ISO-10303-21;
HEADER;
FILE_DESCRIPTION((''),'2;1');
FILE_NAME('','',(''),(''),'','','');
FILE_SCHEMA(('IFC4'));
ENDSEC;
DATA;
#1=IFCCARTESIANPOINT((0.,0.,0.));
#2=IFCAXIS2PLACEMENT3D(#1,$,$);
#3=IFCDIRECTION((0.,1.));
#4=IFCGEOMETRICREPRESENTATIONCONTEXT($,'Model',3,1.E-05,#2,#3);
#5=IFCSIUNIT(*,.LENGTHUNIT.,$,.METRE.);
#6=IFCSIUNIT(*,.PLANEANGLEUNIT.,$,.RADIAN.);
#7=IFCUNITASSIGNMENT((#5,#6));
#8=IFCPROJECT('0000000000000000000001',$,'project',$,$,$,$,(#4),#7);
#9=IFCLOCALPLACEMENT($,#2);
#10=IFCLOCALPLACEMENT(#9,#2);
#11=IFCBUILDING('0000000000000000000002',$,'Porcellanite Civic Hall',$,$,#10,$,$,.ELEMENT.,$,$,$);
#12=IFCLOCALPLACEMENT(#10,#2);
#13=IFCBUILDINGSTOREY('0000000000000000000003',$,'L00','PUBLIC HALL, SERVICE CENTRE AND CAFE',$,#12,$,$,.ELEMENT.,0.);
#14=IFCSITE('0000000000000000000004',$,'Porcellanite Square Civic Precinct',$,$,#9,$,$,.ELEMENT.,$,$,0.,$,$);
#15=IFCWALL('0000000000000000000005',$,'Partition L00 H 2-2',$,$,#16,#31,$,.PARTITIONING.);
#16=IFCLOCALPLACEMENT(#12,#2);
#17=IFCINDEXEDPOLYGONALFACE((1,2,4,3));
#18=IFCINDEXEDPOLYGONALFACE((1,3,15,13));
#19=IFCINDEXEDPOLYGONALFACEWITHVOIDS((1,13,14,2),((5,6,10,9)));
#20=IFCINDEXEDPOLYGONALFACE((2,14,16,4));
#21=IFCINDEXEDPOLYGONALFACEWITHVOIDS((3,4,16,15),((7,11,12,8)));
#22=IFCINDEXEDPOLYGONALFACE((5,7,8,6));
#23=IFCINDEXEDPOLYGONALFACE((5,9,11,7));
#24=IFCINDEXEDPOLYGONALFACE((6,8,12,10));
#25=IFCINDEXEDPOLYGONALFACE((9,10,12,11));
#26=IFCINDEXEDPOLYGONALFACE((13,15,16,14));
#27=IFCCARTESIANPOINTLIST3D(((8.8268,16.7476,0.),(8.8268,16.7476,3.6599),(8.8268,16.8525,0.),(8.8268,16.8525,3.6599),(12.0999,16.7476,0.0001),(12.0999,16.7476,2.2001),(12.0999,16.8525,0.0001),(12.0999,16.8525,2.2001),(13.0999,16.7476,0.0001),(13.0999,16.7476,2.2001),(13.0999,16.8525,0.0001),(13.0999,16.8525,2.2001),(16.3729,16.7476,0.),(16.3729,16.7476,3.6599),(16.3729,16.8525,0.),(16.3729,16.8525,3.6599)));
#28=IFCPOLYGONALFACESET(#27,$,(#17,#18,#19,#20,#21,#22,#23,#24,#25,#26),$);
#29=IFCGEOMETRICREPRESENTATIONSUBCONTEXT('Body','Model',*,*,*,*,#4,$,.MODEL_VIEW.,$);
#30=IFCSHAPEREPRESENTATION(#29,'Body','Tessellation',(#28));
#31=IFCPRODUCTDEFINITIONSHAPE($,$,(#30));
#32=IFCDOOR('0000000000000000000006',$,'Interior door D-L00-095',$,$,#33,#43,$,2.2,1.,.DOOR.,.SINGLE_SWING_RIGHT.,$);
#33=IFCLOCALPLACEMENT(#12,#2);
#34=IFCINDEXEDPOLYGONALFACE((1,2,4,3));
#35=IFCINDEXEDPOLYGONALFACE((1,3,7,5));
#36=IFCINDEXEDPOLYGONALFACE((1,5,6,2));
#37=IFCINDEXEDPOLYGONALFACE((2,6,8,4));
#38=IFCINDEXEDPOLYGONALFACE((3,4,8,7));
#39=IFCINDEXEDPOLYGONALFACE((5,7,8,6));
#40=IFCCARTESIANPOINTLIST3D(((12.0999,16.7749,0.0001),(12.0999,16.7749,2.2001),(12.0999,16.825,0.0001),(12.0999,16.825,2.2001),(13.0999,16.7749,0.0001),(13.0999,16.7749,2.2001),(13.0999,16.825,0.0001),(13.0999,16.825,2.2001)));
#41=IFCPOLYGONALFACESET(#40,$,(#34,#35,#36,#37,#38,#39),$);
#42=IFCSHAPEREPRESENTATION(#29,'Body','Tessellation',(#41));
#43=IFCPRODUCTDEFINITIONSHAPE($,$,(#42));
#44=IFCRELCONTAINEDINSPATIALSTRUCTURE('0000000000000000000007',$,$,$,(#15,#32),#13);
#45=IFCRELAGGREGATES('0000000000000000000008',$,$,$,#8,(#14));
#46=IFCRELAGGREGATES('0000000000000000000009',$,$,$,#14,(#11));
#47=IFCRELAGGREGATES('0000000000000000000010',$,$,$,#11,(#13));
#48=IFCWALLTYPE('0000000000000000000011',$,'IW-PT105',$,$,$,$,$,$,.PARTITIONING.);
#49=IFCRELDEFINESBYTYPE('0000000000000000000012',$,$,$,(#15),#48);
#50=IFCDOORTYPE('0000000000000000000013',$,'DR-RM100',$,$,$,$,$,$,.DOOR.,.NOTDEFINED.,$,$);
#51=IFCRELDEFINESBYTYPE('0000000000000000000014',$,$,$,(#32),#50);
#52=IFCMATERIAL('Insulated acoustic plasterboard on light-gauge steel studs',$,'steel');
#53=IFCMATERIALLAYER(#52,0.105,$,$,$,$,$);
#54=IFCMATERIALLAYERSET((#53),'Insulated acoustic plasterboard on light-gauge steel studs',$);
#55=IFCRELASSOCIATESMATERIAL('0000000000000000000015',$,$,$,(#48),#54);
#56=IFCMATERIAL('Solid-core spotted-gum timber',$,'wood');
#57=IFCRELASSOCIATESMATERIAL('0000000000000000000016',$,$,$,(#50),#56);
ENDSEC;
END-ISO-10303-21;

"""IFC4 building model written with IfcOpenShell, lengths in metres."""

from ifc_helpers import new_model, si_unit, direction, frame, frame_2d, origin, place, context, subcontext, project, spatial, rectangle, extrude, material, layer, layer_set, type_object, element, fill, save


model = new_model("IFC4")

# Units and contexts
model_context = context("Model", 3, precision=1e-05, world=origin(), true_north=direction((0.0, 1.0)))
body_context = subcontext(model_context, "Body", "Model", "MODEL_VIEW")
ifc_project = project(units=[si_unit("LENGTHUNIT", "METRE"), si_unit("PLANEANGLEUNIT", "RADIAN")], contexts=[model_context])

# Site, building, storey
site_placement = place(None, origin())
site = spatial("IfcSite", under=ifc_project, at=site_placement, Name="Porcellanite Square Civic Precinct", CompositionType="ELEMENT", RefElevation=0.0)
building_placement = place(site_placement, origin())
building = spatial("IfcBuilding", under=site, at=building_placement, Name="Porcellanite Civic Hall", CompositionType="ELEMENT")
storey_placement = place(building_placement, origin())
storey = spatial("IfcBuildingStorey", under=building, at=storey_placement, Name="L00", Description="PUBLIC HALL, SERVICE CENTRE AND CAFE", CompositionType="ELEMENT", Elevation=0.0)

# Wall, opening, door
ifc_material_1 = material(Name="Insulated acoustic plasterboard on light-gauge steel studs", Category="steel")
ifc_layer_1 = layer(ifc_material_1, 0.105)
ifc_layer_set_1 = layer_set([ifc_layer_1], Name="Insulated acoustic plasterboard on light-gauge steel studs")
wall_type_1 = type_object("IfcWallType", Name="IW-PT105", PredefinedType="PARTITIONING", material=ifc_layer_set_1)
wall_1_placement = place(storey_placement, frame((8.8269, 16.8, 0.0), z_axis=(0.0, 0.0, 1.0), x_axis=(1.0, 0.0, 0.0)))
wall_1 = element("IfcWall", 1, at=wall_1_placement, inside=storey, type_object=wall_type_1, Name="Partition L00 H 2-2", PredefinedType="PARTITIONING", context=body_context, shape_type="SweptSolid", body=[
    extrude(rectangle(XDim=7.5461, YDim=0.105, at=frame_2d((3.7729, 0.0))), origin(), (0.0, 0.0, 1.0), 3.6599),
])
opening_1_placement = place(wall_1_placement, frame((3.2729, 0.0, 0.0)))
opening_1 = element("IfcOpeningElement", 2, at=opening_1_placement, cuts=wall_1, PredefinedType="OPENING", context=body_context, shape_type="SweptSolid", body=[
    extrude(rectangle(XDim=1.0, YDim=2.2, at=frame_2d((0.5, 1.1001))), frame((0.0, 0.0525, 0.0), z_axis=(0.0, -1.0, 0.0), x_axis=(1.0, 0.0, 0.0)), (0.0, 0.0, 1.0), 0.105),
])
ifc_material_2 = material(Name="Solid-core spotted-gum timber", Category="wood")
door_type_1 = type_object("IfcDoorType", Name="DR-RM100", OperationType="NOTDEFINED", PredefinedType="DOOR", material=ifc_material_2)
door_1_placement = place(opening_1_placement, origin())
door_1 = element("IfcDoor", 3, at=door_1_placement, inside=storey, type_object=door_type_1, Name="Interior door D-L00-095", OperationType="SINGLE_SWING_RIGHT", OverallHeight=2.2, OverallWidth=1.0, PredefinedType="DOOR", context=body_context, shape_type="SweptSolid", body=[
    extrude(rectangle(XDim=1.0, YDim=2.2, at=frame_2d((0.5, 1.1001))), frame((0.0, 0.0249, 0.0), z_axis=(0.0, -1.0, 0.0), x_axis=(1.0, 0.0, 0.0)), (0.0, 0.0, 1.0), 0.05),
])
fill(opening_1, door_1)

save(model, "model.ifc")
